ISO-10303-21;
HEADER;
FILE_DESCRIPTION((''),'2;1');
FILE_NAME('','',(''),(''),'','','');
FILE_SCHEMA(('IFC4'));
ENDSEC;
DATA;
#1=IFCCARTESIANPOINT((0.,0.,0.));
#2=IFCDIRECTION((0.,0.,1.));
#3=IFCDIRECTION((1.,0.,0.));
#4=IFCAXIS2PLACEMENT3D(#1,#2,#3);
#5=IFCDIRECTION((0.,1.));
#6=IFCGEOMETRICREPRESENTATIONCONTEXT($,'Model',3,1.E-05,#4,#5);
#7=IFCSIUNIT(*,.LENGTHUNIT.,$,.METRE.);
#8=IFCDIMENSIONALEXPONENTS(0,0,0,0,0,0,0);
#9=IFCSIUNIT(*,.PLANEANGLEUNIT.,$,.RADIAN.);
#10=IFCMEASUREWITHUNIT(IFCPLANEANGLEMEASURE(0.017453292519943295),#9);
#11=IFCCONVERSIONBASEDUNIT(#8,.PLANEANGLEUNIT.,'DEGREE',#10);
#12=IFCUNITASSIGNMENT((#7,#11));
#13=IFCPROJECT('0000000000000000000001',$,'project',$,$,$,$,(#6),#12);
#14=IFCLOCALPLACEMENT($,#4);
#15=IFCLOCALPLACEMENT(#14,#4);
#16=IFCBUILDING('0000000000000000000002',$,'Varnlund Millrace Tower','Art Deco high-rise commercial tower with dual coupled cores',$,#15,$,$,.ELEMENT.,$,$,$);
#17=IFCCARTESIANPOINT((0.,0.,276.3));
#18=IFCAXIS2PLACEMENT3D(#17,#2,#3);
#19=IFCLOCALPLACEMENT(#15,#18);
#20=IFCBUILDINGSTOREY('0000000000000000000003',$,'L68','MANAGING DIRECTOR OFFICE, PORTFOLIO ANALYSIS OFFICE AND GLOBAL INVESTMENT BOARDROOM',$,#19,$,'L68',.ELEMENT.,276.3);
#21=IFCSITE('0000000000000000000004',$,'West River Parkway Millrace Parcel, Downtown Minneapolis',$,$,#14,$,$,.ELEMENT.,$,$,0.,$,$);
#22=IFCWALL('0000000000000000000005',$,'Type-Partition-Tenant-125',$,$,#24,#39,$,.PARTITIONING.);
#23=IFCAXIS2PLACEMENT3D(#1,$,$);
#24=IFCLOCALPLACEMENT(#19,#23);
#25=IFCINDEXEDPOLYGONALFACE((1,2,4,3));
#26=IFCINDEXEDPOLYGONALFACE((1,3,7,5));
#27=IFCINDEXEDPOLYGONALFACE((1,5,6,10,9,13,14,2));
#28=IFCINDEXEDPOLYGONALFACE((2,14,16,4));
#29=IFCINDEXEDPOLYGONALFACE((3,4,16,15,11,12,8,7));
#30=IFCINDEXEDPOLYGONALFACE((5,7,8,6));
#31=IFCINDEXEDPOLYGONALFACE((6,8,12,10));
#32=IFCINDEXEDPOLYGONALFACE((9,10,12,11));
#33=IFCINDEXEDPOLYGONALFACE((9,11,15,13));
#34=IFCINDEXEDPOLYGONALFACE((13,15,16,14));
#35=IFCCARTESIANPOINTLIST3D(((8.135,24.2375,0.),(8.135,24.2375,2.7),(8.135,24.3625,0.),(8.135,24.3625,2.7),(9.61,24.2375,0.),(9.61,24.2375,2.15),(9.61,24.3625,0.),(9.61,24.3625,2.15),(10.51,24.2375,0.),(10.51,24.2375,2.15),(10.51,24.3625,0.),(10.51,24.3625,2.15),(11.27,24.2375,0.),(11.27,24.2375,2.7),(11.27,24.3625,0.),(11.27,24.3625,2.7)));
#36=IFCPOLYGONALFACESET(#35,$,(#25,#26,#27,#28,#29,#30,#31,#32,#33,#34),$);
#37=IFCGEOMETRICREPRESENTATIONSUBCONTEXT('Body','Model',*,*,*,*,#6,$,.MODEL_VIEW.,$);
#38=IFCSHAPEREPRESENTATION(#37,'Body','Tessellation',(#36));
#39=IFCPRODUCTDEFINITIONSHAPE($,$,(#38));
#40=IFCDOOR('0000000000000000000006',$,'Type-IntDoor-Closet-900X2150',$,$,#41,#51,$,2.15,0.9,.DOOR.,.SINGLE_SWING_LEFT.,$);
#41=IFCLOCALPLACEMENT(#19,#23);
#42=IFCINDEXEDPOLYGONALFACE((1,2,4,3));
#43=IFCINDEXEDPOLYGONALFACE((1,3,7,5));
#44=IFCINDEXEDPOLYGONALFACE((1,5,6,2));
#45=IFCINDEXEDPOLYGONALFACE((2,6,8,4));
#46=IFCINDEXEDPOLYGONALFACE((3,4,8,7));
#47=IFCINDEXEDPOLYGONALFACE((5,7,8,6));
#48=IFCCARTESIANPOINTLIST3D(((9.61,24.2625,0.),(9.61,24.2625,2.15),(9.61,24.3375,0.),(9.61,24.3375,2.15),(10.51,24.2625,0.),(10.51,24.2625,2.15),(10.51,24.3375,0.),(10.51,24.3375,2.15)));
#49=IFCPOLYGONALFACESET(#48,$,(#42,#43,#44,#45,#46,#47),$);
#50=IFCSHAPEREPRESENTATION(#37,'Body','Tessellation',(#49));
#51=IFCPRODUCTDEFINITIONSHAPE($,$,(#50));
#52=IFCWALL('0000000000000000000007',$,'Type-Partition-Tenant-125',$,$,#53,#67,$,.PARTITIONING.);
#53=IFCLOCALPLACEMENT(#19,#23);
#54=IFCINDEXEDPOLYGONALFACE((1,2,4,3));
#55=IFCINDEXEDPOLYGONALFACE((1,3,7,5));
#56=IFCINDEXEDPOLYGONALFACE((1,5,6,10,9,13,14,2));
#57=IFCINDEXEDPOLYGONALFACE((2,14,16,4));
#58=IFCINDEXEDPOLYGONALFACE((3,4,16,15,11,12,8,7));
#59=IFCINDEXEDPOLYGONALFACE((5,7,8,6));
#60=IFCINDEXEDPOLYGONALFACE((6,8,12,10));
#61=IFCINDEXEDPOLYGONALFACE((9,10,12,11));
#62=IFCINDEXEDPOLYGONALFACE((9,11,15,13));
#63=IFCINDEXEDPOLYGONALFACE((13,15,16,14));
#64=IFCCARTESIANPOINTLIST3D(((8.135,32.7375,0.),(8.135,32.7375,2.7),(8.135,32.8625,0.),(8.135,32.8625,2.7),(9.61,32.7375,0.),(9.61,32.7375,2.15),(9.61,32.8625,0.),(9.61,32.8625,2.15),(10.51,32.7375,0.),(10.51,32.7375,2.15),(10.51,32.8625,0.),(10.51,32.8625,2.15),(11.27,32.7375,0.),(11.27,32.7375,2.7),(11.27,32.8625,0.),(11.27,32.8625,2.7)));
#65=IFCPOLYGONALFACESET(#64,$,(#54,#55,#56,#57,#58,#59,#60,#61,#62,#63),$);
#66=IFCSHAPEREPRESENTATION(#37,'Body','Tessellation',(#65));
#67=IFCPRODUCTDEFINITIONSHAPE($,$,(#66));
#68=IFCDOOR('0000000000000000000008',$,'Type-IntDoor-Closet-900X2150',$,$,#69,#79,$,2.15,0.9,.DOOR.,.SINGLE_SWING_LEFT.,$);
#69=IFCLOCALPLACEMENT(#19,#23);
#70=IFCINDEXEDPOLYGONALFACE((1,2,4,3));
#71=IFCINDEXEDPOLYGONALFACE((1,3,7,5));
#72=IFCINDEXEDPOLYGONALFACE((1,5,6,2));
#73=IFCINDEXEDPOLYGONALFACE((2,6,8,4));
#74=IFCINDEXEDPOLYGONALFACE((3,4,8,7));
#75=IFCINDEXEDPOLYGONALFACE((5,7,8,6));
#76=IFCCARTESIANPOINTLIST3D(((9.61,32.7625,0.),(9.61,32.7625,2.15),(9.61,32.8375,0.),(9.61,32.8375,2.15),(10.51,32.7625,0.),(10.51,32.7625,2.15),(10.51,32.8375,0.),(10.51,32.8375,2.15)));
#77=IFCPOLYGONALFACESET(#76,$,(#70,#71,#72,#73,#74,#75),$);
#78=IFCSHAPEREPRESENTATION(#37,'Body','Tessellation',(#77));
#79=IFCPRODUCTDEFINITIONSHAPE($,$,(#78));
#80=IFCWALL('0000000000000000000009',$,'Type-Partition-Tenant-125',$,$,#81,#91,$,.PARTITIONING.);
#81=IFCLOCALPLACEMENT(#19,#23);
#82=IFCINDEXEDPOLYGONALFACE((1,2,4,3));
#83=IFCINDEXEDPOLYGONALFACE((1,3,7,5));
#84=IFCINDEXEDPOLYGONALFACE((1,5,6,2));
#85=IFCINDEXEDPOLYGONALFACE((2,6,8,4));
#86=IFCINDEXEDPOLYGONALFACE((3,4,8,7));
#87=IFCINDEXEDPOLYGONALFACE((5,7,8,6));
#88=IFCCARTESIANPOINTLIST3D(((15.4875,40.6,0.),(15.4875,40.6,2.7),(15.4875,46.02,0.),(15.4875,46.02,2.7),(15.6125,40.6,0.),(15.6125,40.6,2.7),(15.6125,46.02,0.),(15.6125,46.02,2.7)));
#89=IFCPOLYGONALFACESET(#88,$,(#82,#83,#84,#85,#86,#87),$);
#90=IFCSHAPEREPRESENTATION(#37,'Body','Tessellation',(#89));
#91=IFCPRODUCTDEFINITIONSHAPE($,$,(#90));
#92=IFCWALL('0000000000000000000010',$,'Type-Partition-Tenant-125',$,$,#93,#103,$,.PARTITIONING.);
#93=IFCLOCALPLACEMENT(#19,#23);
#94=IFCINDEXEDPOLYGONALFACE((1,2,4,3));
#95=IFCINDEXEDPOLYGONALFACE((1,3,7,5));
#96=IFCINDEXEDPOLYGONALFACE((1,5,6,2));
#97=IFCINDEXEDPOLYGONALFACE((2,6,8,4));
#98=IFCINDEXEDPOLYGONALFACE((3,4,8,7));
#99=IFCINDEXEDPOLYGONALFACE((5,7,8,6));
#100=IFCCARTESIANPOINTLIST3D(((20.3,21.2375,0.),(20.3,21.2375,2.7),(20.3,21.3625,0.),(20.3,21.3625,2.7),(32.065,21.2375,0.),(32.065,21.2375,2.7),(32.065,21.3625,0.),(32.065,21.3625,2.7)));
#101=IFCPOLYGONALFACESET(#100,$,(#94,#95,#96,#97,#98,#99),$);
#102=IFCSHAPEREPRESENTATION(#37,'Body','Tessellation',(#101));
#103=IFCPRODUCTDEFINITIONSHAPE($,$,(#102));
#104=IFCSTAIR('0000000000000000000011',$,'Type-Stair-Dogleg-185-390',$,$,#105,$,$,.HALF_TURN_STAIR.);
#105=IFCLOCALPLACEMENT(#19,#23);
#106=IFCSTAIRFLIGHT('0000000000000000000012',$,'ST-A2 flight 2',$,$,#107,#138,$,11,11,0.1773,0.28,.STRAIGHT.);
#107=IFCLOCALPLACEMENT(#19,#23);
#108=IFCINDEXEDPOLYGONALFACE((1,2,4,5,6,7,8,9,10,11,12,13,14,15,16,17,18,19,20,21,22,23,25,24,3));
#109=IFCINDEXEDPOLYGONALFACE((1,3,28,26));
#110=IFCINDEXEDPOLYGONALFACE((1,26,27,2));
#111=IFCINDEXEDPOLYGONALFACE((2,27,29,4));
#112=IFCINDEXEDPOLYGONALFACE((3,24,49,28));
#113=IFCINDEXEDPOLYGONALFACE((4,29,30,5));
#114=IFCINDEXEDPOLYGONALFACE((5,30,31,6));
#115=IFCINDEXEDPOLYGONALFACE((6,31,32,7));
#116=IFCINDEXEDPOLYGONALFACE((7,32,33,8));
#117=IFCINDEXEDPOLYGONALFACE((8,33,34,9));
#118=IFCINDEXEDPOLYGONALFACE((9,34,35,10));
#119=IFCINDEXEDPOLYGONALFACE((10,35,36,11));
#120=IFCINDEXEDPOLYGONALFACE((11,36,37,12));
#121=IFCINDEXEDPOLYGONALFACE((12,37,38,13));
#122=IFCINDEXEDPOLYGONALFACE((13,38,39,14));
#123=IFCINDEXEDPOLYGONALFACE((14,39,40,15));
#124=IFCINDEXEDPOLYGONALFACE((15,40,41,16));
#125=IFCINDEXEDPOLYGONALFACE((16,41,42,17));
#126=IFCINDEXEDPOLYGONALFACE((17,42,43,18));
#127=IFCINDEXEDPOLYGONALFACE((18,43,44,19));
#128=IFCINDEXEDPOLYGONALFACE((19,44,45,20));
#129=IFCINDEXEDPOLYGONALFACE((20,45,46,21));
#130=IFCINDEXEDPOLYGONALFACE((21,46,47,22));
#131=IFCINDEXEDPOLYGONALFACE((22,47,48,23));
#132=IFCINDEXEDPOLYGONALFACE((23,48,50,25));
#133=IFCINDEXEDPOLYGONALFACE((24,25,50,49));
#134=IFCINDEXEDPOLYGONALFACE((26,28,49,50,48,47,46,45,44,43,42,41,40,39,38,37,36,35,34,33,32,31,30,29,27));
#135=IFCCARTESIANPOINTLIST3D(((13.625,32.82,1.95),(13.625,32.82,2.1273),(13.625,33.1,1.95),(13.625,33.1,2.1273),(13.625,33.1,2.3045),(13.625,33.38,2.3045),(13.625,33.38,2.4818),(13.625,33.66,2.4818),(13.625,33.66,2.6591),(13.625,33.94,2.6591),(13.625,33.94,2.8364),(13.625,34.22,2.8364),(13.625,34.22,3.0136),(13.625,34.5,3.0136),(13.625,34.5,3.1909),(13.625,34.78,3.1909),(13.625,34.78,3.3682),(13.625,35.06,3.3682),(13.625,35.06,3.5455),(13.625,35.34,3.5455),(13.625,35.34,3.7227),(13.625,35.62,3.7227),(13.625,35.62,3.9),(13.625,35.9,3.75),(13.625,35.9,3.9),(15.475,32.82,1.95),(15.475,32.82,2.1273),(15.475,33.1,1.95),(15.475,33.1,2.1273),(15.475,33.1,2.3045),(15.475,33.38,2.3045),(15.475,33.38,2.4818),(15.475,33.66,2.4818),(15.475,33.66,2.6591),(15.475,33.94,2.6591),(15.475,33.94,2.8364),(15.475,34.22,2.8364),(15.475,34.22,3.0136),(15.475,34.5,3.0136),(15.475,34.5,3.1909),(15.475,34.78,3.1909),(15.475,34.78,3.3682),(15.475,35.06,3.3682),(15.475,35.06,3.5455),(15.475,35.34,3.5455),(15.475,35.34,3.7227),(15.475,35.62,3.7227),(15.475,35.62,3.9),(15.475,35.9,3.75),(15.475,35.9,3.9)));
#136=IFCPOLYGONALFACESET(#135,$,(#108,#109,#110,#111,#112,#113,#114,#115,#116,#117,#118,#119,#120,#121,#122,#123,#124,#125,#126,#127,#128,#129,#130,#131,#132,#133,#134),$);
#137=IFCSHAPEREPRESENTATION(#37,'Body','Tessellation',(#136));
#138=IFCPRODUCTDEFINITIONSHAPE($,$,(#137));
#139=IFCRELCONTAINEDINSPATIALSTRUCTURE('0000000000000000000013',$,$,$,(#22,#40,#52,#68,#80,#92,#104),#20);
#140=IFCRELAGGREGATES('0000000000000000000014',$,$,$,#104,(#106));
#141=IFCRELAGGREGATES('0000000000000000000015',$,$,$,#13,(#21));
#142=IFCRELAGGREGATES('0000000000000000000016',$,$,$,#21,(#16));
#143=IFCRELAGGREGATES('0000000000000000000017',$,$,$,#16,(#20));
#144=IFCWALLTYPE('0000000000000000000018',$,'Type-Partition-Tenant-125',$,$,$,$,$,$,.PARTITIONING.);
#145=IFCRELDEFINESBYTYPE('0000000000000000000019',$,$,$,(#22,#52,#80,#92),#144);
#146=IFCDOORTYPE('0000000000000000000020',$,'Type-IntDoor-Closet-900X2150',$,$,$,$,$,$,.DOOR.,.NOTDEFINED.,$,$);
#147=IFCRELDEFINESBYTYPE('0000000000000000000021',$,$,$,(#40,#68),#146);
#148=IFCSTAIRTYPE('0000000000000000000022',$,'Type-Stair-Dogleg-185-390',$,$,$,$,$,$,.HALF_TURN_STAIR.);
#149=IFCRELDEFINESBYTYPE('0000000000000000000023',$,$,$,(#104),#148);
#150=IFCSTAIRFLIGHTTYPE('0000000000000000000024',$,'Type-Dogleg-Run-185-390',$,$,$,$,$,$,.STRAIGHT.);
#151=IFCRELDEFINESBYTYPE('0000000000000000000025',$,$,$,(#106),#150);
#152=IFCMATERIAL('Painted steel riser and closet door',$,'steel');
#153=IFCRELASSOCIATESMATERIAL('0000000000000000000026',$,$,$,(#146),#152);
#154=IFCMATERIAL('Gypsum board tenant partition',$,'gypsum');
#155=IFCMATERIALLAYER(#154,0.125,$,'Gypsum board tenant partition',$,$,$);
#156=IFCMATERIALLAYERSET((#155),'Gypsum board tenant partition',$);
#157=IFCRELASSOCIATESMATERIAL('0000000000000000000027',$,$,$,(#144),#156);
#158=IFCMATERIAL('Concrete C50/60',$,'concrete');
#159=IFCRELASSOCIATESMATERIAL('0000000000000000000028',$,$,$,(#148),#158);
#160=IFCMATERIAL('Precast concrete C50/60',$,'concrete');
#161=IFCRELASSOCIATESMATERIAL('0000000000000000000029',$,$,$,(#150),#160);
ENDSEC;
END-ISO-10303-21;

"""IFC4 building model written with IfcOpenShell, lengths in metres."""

from ifc_helpers import new_model, entity, si_unit, converted_unit, direction, frame, origin_with_axes, origin_2d_with_axis, place, context, subcontext, project, spatial, polyline, rectangle, outline, extrude, material, layer, layer_set, type_object, element, fill, aggregate, save


model = new_model("IFC4")

# Units and contexts
model_context = context("Model", 3, precision=1e-05, world=origin_with_axes(), true_north=direction((0.0, 1.0)))
body_context = subcontext(model_context, "Body", "Model", "MODEL_VIEW")
ifc_project = project(units=[si_unit("LENGTHUNIT", "METRE"), converted_unit("PLANEANGLEUNIT", "DEGREE", entity("IfcPlaneAngleMeasure", 0.017453292519943295), si_unit("PLANEANGLEUNIT", "RADIAN"), dimensions=[0, 0, 0, 0, 0, 0, 0])], contexts=[model_context])

# Site, building, storey
site_placement = place(None, origin_with_axes())
site = spatial("IfcSite", under=ifc_project, at=site_placement, Name="West River Parkway Millrace Parcel, Downtown Minneapolis", CompositionType="ELEMENT", RefElevation=0.0)
building_placement = place(site_placement, origin_with_axes())
building = spatial("IfcBuilding", under=site, at=building_placement, Name="Varnlund Millrace Tower", Description="Art Deco high-rise commercial tower with dual coupled cores", CompositionType="ELEMENT")
storey_placement = place(building_placement, frame((0.0, 0.0, 276.3), z_axis=(0.0, 0.0, 1.0), x_axis=(1.0, 0.0, 0.0)))
storey = spatial("IfcBuildingStorey", under=building, at=storey_placement, Name="L68", Description="MANAGING DIRECTOR OFFICE, PORTFOLIO ANALYSIS OFFICE AND GLOBAL INVESTMENT BOARDROOM", LongName="L68", CompositionType="ELEMENT", Elevation=276.3)

# Shared definitions
ifc_material_1 = material(Name="Precast concrete C50/60", Category="concrete")

# Shared definitions
ifc_material_2 = material(Name="Painted steel riser and closet door", Category="steel")
door_type = type_object("IfcDoorType", Name="Type-IntDoor-Closet-900X2150", OperationType="NOTDEFINED", PredefinedType="DOOR", material=ifc_material_2)

# Walls, openings, doors
ifc_material_3 = material(Name="Gypsum board tenant partition", Category="gypsum")
ifc_layer_1 = layer(ifc_material_3, 0.125, Name="Gypsum board tenant partition")
ifc_layer_set_1 = layer_set([ifc_layer_1], Name="Gypsum board tenant partition")
wall_type_1 = type_object("IfcWallType", Name="Type-Partition-Tenant-125", PredefinedType="PARTITIONING", material=ifc_layer_set_1)
wall_1_placement = place(storey_placement, frame((8.135, 24.3, 0.0), z_axis=(0.0, 0.0, 1.0), x_axis=(1.0, 0.0, 0.0)))
wall_1 = element("IfcWall", 1, at=wall_1_placement, inside=storey, type_object=wall_type_1, Name="Type-Partition-Tenant-125", PredefinedType="PARTITIONING", context=body_context, shape_type="SweptSolid", body=[
    extrude(outline(polyline([(0.0, -0.0625), (3.135, -0.0625), (3.135, 0.0625), (0.0, 0.0625), (0.0, -0.0625)])), origin_with_axes(), (0.0, 0.0, 1.0), 2.7),
])
opening_1_placement = place(wall_1_placement, frame((1.925, 0.0, 0.0), z_axis=(0.0, 0.0, 1.0), x_axis=(1.0, 0.0, 0.0)))
opening_1 = element("IfcOpeningElement", 2, at=opening_1_placement, cuts=wall_1, PredefinedType="OPENING", context=body_context, shape_type="SweptSolid", body=[
    extrude(rectangle(XDim=0.9, YDim=0.145, at=origin_2d_with_axis()), origin_with_axes(), (0.0, 0.0, 1.0), 2.15),
])
door_1_placement = place(wall_1_placement, frame((1.925, 0.0, 0.0), z_axis=(0.0, 0.0, 1.0), x_axis=(1.0, 0.0, 0.0)))
door_1 = element("IfcDoor", 3, at=door_1_placement, inside=storey, type_object=door_type, Name="Type-IntDoor-Closet-900X2150", OperationType="SINGLE_SWING_LEFT", OverallHeight=2.15, OverallWidth=0.9, PredefinedType="DOOR", context=body_context, shape_type="SweptSolid", body=[
    extrude(rectangle(XDim=0.9, YDim=0.075, at=origin_2d_with_axis()), origin_with_axes(), (0.0, 0.0, 1.0), 2.15),
])
fill(opening_1, door_1)
wall_2_placement = place(storey_placement, frame((8.135, 32.8, 0.0), z_axis=(0.0, 0.0, 1.0), x_axis=(1.0, 0.0, 0.0)))
wall_2 = element("IfcWall", 4, at=wall_2_placement, inside=storey, type_object=wall_type_1, Name="Type-Partition-Tenant-125", PredefinedType="PARTITIONING", context=body_context, shape_type="SweptSolid", body=[
    extrude(outline(polyline([(0.0, -0.0625), (3.135, -0.0625), (3.135, 0.0625), (0.0, 0.0625), (0.0, -0.0625)])), origin_with_axes(), (0.0, 0.0, 1.0), 2.7),
])
opening_2_placement = place(wall_2_placement, frame((1.925, 0.0, 0.0), z_axis=(0.0, 0.0, 1.0), x_axis=(1.0, 0.0, 0.0)))
opening_2 = element("IfcOpeningElement", 5, at=opening_2_placement, cuts=wall_2, PredefinedType="OPENING", context=body_context, shape_type="SweptSolid", body=[
    extrude(rectangle(XDim=0.9, YDim=0.145, at=origin_2d_with_axis()), origin_with_axes(), (0.0, 0.0, 1.0), 2.15),
])
door_2_placement = place(wall_2_placement, frame((1.925, 0.0, 0.0), z_axis=(0.0, 0.0, 1.0), x_axis=(1.0, 0.0, 0.0)))
door_2 = element("IfcDoor", 6, at=door_2_placement, inside=storey, type_object=door_type, Name="Type-IntDoor-Closet-900X2150", OperationType="SINGLE_SWING_LEFT", OverallHeight=2.15, OverallWidth=0.9, PredefinedType="DOOR", context=body_context, shape_type="SweptSolid", body=[
    extrude(rectangle(XDim=0.9, YDim=0.075, at=origin_2d_with_axis()), origin_with_axes(), (0.0, 0.0, 1.0), 2.15),
])
fill(opening_2, door_2)

# Walls
wall_3_placement = place(storey_placement, frame((15.55, 40.6, 0.0), z_axis=(0.0, 0.0, 1.0), x_axis=(0.0, 1.0, 0.0)))
element("IfcWall", 7, at=wall_3_placement, inside=storey, type_object=wall_type_1, Name="Type-Partition-Tenant-125", PredefinedType="PARTITIONING", context=body_context, shape_type="SweptSolid", body=[
    extrude(outline(polyline([(0.0, -0.0625), (5.42, -0.0625), (5.42, 0.0625), (0.0, 0.0625), (0.0, -0.0625)])), origin_with_axes(), (0.0, 0.0, 1.0), 2.7),
])
wall_4_placement = place(storey_placement, frame((20.3, 21.3, 0.0), z_axis=(0.0, 0.0, 1.0), x_axis=(1.0, 0.0, 0.0)))
element("IfcWall", 8, at=wall_4_placement, inside=storey, type_object=wall_type_1, Name="Type-Partition-Tenant-125", PredefinedType="PARTITIONING", context=body_context, shape_type="SweptSolid", body=[
    extrude(outline(polyline([(0.0, -0.0625), (11.765, -0.0625), (11.765, 0.0625), (0.0, 0.0625), (0.0, -0.0625)])), origin_with_axes(), (0.0, 0.0, 1.0), 2.7),
])

# Stair, stair flight
ifc_material_4 = material(Name="Concrete C50/60", Category="concrete")
stair_type = type_object("IfcStairType", Name="Type-Stair-Dogleg-185-390", PredefinedType="HALF_TURN_STAIR", material=ifc_material_4)
stair_placement = place(storey_placement, origin_with_axes())
stair = element("IfcStair", 9, at=stair_placement, inside=storey, type_object=stair_type, Name="Type-Stair-Dogleg-185-390", PredefinedType="HALF_TURN_STAIR")
stair_flight_type = type_object("IfcStairFlightType", Name="Type-Dogleg-Run-185-390", PredefinedType="STRAIGHT", material=ifc_material_1)
stair_flight_placement = place(storey_placement, frame((13.625, 32.82, 1.95), z_axis=(1.0, 0.0, 0.0), x_axis=(0.0, 1.0, 0.0)))
stair_flight = element("IfcStairFlight", 10, at=stair_flight_placement, type_object=stair_flight_type, Name="ST-A2 flight 2", NumberOfRisers=11, NumberOfTreads=11, PredefinedType="STRAIGHT", RiserHeight=0.1773, TreadLength=0.28, context=body_context, shape_type="SweptSolid", body=[
    extrude(outline(polyline([(0.0, 0.0), (0.0, 0.1773), (0.28, 0.1773), (0.28, 0.3545), (0.56, 0.3545), (0.56, 0.5318), (0.84, 0.5318), (0.84, 0.7091), (1.12, 0.7091), (1.12, 0.8864), (1.4, 0.8864), (1.4, 1.0636), (1.68, 1.0636), (1.68, 1.2409), (1.96, 1.2409), (1.96, 1.4182), (2.24, 1.4182), (2.24, 1.5955), (2.52, 1.5955), (2.52, 1.7727), (2.8, 1.7727), (2.8, 1.95), (3.08, 1.95), (3.08, 1.8), (0.28, 0.0), (0.0, 0.0)])), origin_with_axes(), (0.0, 0.0, 1.0), 1.85),
])
aggregate(stair, [stair_flight])

save(model, "model.ifc")
